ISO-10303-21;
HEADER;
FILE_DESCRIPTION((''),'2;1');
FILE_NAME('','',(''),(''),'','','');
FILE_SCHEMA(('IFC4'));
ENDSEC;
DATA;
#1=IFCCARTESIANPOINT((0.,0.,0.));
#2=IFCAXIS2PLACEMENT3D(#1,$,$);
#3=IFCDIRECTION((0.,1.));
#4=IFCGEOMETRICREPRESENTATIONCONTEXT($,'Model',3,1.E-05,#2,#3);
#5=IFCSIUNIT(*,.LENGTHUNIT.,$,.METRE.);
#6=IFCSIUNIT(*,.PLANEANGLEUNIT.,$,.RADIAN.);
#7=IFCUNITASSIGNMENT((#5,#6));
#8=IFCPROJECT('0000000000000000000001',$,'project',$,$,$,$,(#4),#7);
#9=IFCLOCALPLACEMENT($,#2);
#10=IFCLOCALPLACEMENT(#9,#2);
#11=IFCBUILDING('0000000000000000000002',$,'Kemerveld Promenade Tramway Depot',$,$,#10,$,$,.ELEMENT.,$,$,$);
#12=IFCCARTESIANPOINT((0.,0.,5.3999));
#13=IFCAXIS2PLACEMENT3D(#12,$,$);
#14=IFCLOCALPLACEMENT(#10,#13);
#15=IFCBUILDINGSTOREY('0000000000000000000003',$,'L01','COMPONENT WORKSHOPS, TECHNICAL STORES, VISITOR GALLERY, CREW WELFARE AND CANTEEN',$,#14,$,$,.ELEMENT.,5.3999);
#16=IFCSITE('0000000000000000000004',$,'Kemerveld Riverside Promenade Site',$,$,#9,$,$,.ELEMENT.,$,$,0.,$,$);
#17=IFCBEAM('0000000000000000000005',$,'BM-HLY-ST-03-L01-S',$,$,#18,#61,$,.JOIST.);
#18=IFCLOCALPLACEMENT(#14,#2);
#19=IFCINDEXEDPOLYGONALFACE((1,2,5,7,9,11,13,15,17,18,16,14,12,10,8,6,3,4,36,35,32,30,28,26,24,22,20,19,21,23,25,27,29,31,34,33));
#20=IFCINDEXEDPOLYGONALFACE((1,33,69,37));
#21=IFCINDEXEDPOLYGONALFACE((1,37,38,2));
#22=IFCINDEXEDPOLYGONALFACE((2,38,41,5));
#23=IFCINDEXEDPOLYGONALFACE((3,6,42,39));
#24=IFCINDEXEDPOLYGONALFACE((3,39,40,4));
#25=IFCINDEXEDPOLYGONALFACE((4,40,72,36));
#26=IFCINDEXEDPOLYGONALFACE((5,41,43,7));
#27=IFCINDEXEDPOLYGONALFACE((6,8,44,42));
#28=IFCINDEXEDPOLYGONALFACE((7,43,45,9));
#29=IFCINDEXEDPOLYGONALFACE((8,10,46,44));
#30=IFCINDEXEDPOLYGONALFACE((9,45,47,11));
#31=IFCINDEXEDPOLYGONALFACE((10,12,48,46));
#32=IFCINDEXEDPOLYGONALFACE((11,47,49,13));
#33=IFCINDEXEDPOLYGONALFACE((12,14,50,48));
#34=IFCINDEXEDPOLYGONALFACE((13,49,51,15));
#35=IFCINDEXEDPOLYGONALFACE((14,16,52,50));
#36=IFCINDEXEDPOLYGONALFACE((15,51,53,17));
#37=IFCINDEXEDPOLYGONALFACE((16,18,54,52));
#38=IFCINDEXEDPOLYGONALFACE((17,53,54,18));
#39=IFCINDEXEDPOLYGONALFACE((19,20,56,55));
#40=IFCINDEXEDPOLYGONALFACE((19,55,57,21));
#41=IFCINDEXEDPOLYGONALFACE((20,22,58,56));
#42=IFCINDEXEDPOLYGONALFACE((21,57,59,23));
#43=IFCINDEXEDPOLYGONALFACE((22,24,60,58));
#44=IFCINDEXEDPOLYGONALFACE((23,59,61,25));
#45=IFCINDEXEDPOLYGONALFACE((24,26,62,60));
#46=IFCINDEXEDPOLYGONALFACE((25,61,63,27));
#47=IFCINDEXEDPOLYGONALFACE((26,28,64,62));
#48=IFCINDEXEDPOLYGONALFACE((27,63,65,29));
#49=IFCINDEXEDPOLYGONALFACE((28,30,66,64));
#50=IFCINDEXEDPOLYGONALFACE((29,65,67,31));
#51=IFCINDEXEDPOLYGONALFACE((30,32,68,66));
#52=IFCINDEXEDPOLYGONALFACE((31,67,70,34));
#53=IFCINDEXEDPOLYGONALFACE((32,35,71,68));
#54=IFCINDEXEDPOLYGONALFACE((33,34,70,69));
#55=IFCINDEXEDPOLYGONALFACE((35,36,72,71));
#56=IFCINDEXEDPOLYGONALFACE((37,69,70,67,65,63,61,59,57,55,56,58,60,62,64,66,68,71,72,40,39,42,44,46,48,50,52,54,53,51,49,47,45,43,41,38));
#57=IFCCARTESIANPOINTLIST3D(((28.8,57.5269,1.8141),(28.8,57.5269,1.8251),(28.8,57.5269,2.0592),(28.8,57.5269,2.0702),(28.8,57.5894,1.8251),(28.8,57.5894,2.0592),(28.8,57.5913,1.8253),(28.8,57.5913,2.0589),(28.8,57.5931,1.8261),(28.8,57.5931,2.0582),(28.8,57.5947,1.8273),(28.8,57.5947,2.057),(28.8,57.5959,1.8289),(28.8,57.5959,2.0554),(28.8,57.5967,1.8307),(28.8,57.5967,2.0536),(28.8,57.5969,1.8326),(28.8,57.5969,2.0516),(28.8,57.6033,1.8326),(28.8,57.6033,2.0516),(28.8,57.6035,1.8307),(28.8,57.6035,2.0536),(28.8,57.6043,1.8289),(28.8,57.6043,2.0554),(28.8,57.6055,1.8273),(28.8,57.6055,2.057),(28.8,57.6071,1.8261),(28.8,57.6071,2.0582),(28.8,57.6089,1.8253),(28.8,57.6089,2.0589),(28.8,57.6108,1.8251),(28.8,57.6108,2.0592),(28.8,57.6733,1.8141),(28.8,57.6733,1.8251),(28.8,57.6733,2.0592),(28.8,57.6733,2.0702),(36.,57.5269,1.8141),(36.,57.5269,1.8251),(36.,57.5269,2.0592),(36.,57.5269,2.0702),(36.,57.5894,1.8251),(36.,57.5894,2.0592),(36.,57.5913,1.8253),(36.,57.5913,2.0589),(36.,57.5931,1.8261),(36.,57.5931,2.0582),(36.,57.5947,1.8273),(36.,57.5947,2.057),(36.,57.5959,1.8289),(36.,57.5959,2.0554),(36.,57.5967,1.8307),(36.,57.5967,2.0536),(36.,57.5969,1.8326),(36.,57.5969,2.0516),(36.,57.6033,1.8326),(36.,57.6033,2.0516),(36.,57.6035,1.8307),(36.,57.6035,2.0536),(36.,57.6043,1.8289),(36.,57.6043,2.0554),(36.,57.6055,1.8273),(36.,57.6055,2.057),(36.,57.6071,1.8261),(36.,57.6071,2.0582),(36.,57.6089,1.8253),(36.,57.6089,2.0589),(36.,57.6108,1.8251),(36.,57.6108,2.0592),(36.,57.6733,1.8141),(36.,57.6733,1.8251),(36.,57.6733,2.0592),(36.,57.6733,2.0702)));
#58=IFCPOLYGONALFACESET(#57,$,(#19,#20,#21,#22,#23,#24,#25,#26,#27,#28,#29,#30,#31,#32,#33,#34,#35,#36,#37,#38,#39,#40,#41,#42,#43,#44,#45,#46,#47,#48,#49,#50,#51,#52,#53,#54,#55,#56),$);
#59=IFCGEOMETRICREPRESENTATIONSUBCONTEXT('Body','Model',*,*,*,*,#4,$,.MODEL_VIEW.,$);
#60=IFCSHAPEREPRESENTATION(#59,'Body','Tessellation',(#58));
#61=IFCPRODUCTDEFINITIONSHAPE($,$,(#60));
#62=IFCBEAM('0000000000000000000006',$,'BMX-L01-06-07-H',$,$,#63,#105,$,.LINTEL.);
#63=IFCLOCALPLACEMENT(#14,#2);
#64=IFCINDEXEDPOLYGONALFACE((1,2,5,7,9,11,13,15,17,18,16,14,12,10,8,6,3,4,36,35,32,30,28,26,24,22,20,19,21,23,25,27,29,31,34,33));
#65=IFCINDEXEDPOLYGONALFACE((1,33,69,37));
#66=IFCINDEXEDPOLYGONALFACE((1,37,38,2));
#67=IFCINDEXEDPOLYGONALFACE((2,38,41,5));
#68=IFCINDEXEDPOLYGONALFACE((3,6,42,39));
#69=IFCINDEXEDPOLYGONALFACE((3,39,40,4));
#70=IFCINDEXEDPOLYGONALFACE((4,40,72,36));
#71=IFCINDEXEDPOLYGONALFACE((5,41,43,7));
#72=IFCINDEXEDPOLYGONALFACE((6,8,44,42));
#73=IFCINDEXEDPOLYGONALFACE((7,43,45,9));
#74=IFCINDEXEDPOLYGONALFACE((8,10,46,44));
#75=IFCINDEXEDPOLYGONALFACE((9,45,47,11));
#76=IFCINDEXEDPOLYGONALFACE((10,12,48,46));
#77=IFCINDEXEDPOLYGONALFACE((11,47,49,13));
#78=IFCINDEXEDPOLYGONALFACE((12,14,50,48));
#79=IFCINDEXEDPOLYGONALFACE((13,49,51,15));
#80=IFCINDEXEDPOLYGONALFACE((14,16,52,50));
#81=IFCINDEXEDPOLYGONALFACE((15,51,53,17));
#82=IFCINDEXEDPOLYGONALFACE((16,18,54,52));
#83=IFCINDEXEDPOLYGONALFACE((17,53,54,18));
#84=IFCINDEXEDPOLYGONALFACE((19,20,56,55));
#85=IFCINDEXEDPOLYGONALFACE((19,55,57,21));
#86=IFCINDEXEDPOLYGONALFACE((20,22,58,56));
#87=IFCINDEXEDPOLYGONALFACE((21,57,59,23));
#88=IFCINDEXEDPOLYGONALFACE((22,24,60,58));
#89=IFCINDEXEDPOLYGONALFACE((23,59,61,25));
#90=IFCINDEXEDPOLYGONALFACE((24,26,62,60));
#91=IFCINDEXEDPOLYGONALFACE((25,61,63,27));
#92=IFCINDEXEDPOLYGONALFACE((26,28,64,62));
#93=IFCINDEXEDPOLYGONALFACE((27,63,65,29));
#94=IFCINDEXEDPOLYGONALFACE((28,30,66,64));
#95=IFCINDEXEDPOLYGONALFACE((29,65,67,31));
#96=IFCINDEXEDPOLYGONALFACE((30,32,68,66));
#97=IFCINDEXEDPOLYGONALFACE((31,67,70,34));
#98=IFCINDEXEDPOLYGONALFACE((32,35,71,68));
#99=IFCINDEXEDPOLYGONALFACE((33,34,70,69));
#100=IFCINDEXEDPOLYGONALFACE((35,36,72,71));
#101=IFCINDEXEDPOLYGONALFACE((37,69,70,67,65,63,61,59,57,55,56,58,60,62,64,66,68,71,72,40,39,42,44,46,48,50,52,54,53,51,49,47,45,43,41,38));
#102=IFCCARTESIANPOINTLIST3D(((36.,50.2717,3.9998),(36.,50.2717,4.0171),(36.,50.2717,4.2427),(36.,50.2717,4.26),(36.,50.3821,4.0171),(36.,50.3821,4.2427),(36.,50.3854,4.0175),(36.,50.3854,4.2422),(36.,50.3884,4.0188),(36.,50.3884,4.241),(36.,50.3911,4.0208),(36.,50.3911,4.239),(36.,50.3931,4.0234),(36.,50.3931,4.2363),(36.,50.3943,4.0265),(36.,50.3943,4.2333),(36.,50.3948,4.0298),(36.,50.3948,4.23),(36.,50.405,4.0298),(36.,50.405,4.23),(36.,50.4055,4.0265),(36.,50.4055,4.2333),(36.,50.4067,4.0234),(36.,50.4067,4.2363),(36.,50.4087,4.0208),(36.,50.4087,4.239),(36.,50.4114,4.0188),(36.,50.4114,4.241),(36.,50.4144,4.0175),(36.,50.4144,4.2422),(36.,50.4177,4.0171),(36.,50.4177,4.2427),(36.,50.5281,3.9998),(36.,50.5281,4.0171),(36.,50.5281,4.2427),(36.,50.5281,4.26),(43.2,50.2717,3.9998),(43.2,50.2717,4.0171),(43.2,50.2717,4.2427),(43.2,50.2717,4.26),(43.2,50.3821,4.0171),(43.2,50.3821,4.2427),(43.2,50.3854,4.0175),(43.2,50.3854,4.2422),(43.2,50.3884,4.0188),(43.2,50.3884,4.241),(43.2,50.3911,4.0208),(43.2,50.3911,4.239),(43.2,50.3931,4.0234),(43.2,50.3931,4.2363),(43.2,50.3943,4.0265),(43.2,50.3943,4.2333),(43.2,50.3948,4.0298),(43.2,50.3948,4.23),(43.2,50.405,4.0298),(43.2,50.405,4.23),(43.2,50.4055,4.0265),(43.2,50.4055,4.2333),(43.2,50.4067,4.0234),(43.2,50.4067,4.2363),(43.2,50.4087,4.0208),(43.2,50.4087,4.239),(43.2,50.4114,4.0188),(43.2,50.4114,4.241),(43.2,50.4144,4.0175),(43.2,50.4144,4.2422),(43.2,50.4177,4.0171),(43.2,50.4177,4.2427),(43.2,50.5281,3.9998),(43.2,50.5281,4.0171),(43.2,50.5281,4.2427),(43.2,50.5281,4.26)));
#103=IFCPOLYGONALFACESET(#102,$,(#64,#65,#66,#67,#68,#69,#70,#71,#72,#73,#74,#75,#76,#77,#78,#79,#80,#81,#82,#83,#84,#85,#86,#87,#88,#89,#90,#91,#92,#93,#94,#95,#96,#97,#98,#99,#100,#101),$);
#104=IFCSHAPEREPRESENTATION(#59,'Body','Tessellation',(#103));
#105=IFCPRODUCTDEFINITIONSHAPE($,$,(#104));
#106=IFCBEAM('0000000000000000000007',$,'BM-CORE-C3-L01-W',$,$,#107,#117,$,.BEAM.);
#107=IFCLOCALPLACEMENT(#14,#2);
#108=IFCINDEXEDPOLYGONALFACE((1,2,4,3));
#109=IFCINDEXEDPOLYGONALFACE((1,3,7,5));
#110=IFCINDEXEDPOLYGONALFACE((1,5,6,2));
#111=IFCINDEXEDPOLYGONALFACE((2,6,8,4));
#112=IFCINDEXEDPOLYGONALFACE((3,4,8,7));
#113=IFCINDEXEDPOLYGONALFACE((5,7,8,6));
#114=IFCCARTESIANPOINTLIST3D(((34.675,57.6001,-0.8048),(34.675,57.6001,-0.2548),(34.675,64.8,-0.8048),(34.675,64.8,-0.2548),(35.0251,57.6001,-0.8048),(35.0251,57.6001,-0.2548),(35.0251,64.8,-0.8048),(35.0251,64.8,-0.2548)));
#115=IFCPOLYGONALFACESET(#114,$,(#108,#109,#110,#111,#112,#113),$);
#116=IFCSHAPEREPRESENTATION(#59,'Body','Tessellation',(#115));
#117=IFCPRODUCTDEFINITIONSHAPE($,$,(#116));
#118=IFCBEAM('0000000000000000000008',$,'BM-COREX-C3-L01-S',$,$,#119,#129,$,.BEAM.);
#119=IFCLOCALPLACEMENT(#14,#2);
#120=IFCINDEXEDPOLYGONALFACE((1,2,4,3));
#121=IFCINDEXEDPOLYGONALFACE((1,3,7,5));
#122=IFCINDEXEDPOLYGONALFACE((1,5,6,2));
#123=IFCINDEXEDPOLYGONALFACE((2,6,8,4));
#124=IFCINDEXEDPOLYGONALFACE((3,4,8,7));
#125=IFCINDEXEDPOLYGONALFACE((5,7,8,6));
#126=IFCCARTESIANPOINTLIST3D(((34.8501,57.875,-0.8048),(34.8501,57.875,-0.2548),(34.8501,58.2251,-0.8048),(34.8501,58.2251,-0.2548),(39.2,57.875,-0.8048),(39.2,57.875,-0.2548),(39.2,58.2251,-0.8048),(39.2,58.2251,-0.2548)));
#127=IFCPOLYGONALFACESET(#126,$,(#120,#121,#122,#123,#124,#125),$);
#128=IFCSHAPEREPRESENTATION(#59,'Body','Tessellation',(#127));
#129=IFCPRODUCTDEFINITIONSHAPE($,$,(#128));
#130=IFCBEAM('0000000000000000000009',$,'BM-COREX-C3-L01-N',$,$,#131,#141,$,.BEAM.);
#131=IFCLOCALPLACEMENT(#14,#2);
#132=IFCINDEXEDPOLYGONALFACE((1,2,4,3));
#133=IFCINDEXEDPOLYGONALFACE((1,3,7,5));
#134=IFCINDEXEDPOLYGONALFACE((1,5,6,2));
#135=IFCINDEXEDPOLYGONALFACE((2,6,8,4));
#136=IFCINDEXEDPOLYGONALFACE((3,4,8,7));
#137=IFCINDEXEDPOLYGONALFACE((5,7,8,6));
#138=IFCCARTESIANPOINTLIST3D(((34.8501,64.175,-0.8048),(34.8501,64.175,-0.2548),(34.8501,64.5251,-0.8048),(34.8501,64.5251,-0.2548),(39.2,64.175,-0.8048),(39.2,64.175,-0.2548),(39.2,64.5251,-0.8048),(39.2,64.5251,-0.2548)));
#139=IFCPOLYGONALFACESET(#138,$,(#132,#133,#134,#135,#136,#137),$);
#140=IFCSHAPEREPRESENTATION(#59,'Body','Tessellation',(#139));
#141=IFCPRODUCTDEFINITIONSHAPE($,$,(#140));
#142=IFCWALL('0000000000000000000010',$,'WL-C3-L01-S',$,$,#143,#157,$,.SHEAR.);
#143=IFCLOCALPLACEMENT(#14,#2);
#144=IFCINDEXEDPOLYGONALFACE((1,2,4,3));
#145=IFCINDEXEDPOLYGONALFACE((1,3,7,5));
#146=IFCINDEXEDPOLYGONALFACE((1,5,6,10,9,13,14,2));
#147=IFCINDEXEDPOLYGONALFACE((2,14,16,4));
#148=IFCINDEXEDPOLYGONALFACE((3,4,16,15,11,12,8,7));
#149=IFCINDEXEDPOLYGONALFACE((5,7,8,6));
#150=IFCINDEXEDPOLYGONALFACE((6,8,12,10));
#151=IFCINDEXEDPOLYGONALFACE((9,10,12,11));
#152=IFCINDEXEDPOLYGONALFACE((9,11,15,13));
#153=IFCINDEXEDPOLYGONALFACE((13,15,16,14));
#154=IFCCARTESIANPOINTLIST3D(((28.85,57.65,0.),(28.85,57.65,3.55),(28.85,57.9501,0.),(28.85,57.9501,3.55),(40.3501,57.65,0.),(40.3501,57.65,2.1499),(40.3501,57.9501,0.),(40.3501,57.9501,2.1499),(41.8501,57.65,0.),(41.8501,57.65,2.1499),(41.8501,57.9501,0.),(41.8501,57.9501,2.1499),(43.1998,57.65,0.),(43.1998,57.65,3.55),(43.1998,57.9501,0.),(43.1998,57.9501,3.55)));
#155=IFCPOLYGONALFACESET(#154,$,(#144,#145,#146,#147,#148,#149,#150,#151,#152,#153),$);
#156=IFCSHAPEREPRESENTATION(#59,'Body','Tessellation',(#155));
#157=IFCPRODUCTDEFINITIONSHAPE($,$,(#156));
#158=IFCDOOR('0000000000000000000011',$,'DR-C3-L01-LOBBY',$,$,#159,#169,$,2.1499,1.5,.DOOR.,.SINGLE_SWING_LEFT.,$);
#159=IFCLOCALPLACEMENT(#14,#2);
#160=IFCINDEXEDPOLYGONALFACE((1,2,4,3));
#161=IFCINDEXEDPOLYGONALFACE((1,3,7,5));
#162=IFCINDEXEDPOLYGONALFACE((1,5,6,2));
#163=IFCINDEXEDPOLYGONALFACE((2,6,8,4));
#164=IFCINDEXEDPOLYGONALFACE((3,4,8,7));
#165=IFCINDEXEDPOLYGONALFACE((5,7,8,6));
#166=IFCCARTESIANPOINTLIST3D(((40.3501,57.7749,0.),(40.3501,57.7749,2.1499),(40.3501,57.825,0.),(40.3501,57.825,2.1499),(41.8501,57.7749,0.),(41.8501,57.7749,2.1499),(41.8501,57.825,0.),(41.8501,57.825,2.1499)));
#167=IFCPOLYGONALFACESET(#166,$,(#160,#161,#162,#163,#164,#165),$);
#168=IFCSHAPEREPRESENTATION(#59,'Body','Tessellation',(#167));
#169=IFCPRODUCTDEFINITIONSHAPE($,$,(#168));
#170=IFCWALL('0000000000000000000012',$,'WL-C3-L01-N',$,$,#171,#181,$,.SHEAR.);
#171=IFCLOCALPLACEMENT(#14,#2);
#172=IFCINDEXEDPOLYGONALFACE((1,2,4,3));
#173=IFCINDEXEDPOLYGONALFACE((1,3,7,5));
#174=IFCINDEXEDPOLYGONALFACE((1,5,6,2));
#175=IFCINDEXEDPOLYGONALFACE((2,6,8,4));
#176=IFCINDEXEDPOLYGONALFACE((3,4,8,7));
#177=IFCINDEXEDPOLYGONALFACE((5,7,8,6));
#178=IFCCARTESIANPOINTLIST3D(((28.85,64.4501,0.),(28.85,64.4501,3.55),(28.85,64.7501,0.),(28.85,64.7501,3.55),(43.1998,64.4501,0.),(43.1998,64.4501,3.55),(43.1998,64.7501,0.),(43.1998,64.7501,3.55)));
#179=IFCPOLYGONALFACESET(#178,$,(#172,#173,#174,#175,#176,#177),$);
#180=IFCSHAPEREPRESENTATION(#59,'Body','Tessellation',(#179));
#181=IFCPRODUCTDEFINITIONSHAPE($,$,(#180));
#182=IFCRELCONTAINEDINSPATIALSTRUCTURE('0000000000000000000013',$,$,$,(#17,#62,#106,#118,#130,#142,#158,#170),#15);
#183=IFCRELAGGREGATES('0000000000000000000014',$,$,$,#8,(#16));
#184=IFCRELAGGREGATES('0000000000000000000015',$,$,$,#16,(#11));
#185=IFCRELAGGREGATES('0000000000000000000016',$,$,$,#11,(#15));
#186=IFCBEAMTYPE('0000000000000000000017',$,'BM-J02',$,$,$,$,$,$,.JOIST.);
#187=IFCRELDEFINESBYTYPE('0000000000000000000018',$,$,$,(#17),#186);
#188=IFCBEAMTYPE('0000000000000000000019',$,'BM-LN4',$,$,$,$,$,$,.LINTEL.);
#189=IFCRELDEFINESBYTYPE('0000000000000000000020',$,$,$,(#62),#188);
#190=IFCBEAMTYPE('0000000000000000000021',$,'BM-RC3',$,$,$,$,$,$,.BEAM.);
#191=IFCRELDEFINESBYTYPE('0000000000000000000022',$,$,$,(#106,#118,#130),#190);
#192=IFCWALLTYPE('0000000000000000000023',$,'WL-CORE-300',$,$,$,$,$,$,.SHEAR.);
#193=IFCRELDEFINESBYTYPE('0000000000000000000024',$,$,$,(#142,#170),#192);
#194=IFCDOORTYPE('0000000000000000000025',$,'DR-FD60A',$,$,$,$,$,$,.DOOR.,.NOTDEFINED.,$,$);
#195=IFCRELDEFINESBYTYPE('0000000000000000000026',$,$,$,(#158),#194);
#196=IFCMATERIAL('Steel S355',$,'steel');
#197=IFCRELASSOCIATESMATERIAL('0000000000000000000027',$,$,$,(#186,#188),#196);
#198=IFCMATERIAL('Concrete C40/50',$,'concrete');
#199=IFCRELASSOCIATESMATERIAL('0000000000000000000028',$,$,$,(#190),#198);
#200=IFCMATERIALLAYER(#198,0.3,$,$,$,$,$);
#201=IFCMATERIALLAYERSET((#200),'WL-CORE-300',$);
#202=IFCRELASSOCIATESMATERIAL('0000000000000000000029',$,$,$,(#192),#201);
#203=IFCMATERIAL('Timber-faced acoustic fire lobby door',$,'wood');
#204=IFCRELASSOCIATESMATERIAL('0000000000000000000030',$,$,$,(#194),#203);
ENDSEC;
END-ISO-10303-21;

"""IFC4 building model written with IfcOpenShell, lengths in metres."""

from ifc_helpers import new_model, si_unit, direction, frame, frame_2d, origin, origin_2d, place, context, subcontext, project, spatial, rectangle, i_section, extrude, material, layer, layer_set, material_profile, profile_set, type_object, element, fill, save


model = new_model("IFC4")

# Units and contexts
model_context = context("Model", 3, precision=1e-05, world=origin(), true_north=direction((0.0, 1.0)))
body_context = subcontext(model_context, "Body", "Model", "MODEL_VIEW")
ifc_project = project(units=[si_unit("LENGTHUNIT", "METRE"), si_unit("PLANEANGLEUNIT", "RADIAN")], contexts=[model_context])

# Site, building, storey
site_placement = place(None, origin())
site = spatial("IfcSite", under=ifc_project, at=site_placement, Name="Kemerveld Riverside Promenade Site", CompositionType="ELEMENT", RefElevation=0.0)
building_placement = place(site_placement, origin())
building = spatial("IfcBuilding", under=site, at=building_placement, Name="Kemerveld Promenade Tramway Depot", CompositionType="ELEMENT")
storey_placement = place(building_placement, frame((0.0, 0.0, 5.3999)))
storey = spatial("IfcBuildingStorey", under=building, at=storey_placement, Name="L01", Description="COMPONENT WORKSHOPS, TECHNICAL STORES, VISITOR GALLERY, CREW WELFARE AND CANTEEN", CompositionType="ELEMENT", Elevation=5.3999)

# Shared definitions
ifc_material_1 = material(Name="Steel S355", Category="steel")

# Beams
ifc_material_profile_1 = material_profile(ifc_material_1, i_section(OverallWidth=0.1465, OverallDepth=0.2561, WebThickness=0.0063, FlangeThickness=0.011, FilletRadius=0.0076, at=origin_2d()), Name="254x146x37 UB")
ifc_profile_set_1 = profile_set([ifc_material_profile_1], Name="Steel S355")
beam_type_1 = type_object("IfcBeamType", Name="BM-J02", PredefinedType="JOIST", material=ifc_profile_set_1)
for number, where, z_axis, x_axis, name in (
    (1, (28.8, 57.6001, 1.9421), (1.0, 0.0, 0.0), (0.0, 1.0, 0.0), "BM-HLY-ST-03-L01-S"),
):
    element("IfcBeam", number, at=place(storey_placement, frame(where, z_axis=z_axis, x_axis=x_axis)), inside=storey, type_object=beam_type_1, Name=name, PredefinedType="JOIST", context=body_context, shape_type="SweptSolid", body=[
        extrude(i_section(OverallWidth=0.1465, OverallDepth=0.2561, WebThickness=0.0063, FlangeThickness=0.011, FilletRadius=0.0076, at=origin_2d()), origin(), (0.0, 0.0, 1.0), 7.2),
    ])
ifc_material_profile_2 = material_profile(ifc_material_1, i_section(OverallWidth=0.2563, OverallDepth=0.2603, WebThickness=0.0103, FlangeThickness=0.0173, FilletRadius=0.0127, at=origin_2d()), Name="254x254x89 UC")
ifc_profile_set_2 = profile_set([ifc_material_profile_2], Name="Steel S355")
beam_type_2 = type_object("IfcBeamType", Name="BM-LN4", PredefinedType="LINTEL", material=ifc_profile_set_2)
beam_1_placement = place(storey_placement, frame((36.0, 50.3999, 4.1299), z_axis=(1.0, 0.0, 0.0), x_axis=(0.0, 1.0, 0.0)))
element("IfcBeam", 2, at=beam_1_placement, inside=storey, type_object=beam_type_2, Name="BMX-L01-06-07-H", PredefinedType="LINTEL", context=body_context, shape_type="SweptSolid", body=[
    extrude(i_section(OverallWidth=0.2563, OverallDepth=0.2603, WebThickness=0.0103, FlangeThickness=0.0173, FilletRadius=0.0127, at=origin_2d()), origin(), (0.0, 0.0, 1.0), 7.2),
])
ifc_material_2 = material(Name="Concrete C40/50", Category="concrete")
ifc_material_profile_3 = material_profile(ifc_material_2, rectangle(XDim=0.3501, YDim=0.55, at=origin_2d()), Name="RC-BM-350x550")
ifc_profile_set_3 = profile_set([ifc_material_profile_3], Name="Concrete C40/50")
beam_type_3 = type_object("IfcBeamType", Name="BM-RC3", PredefinedType="BEAM", material=ifc_profile_set_3)
beam_2_placement = place(storey_placement, frame((34.8501, 57.6001, -0.5298), z_axis=(0.0, 1.0, 0.0), x_axis=(-1.0, 0.0, 0.0)))
element("IfcBeam", 3, at=beam_2_placement, inside=storey, type_object=beam_type_3, Name="BM-CORE-C3-L01-W", PredefinedType="BEAM", context=body_context, shape_type="SweptSolid", body=[
    extrude(rectangle(XDim=0.3501, YDim=0.55, at=origin_2d()), origin(), (0.0, 0.0, 1.0), 7.2),
])
for number, where, z_axis, x_axis, name in (
    (4, (34.8501, 58.05, -0.5298), (1.0, 0.0, 0.0), (0.0, 1.0, 0.0), "BM-COREX-C3-L01-S"),
    (5, (34.8501, 64.3501, -0.5298), (1.0, 0.0, 0.0), (0.0, 1.0, 0.0), "BM-COREX-C3-L01-N"),
):
    element("IfcBeam", number, at=place(storey_placement, frame(where, z_axis=z_axis, x_axis=x_axis)), inside=storey, type_object=beam_type_3, Name=name, PredefinedType="BEAM", context=body_context, shape_type="SweptSolid", body=[
        extrude(rectangle(XDim=0.3501, YDim=0.55, at=origin_2d()), origin(), (0.0, 0.0, 1.0), 4.3499),
    ])

# Wall, opening, door
ifc_layer_1 = layer(ifc_material_2, 0.3)
ifc_layer_set_1 = layer_set([ifc_layer_1], Name="WL-CORE-300")
wall_type_1 = type_object("IfcWallType", Name="WL-CORE-300", PredefinedType="SHEAR", material=ifc_layer_set_1)
wall_1_placement = place(storey_placement, frame((28.8501, 57.8, 0.0), z_axis=(0.0, 0.0, 1.0), x_axis=(1.0, 0.0, 0.0)))
wall_1 = element("IfcWall", 6, at=wall_1_placement, inside=storey, type_object=wall_type_1, Name="WL-C3-L01-S", PredefinedType="SHEAR", context=body_context, shape_type="SweptSolid", body=[
    extrude(rectangle(XDim=14.3499, YDim=0.3, at=frame_2d((7.1748, 0.0))), origin(), (0.0, 0.0, 1.0), 3.55),
])
opening_1_placement = place(wall_1_placement, frame((11.5, 0.0, 0.0)))
opening_1 = element("IfcOpeningElement", 7, at=opening_1_placement, cuts=wall_1, PredefinedType="OPENING", context=body_context, shape_type="SweptSolid", body=[
    extrude(rectangle(XDim=1.5, YDim=2.1499, at=frame_2d((0.75, 1.075))), frame((0.0, 0.1599, 0.0), z_axis=(0.0, -1.0, 0.0), x_axis=(1.0, 0.0, 0.0)), (0.0, 0.0, 1.0), 0.3201),
])
ifc_material_3 = material(Name="Timber-faced acoustic fire lobby door", Category="wood")
door_type_1 = type_object("IfcDoorType", Name="DR-FD60A", OperationType="NOTDEFINED", PredefinedType="DOOR", material=ifc_material_3)
door_1_placement = place(opening_1_placement, origin())
door_1 = element("IfcDoor", 8, at=door_1_placement, inside=storey, type_object=door_type_1, Name="DR-C3-L01-LOBBY", OperationType="SINGLE_SWING_LEFT", OverallHeight=2.1499, OverallWidth=1.5, PredefinedType="DOOR", context=body_context, shape_type="SweptSolid", body=[
    extrude(rectangle(XDim=1.5, YDim=2.1499, at=frame_2d((0.75, 1.075))), frame((0.0, 0.0249, 0.0), z_axis=(0.0, -1.0, 0.0), x_axis=(1.0, 0.0, 0.0)), (0.0, 0.0, 1.0), 0.05),
])
fill(opening_1, door_1)

# Wall
wall_2_placement = place(storey_placement, frame((28.8501, 64.6001, 0.0), z_axis=(0.0, 0.0, 1.0), x_axis=(1.0, 0.0, 0.0)))
element("IfcWall", 9, at=wall_2_placement, inside=storey, type_object=wall_type_1, Name="WL-C3-L01-N", PredefinedType="SHEAR", context=body_context, shape_type="SweptSolid", body=[
    extrude(rectangle(XDim=14.3499, YDim=0.3, at=frame_2d((7.1748, 0.0))), origin(), (0.0, 0.0, 1.0), 3.55),
])

save(model, "model.ifc")
